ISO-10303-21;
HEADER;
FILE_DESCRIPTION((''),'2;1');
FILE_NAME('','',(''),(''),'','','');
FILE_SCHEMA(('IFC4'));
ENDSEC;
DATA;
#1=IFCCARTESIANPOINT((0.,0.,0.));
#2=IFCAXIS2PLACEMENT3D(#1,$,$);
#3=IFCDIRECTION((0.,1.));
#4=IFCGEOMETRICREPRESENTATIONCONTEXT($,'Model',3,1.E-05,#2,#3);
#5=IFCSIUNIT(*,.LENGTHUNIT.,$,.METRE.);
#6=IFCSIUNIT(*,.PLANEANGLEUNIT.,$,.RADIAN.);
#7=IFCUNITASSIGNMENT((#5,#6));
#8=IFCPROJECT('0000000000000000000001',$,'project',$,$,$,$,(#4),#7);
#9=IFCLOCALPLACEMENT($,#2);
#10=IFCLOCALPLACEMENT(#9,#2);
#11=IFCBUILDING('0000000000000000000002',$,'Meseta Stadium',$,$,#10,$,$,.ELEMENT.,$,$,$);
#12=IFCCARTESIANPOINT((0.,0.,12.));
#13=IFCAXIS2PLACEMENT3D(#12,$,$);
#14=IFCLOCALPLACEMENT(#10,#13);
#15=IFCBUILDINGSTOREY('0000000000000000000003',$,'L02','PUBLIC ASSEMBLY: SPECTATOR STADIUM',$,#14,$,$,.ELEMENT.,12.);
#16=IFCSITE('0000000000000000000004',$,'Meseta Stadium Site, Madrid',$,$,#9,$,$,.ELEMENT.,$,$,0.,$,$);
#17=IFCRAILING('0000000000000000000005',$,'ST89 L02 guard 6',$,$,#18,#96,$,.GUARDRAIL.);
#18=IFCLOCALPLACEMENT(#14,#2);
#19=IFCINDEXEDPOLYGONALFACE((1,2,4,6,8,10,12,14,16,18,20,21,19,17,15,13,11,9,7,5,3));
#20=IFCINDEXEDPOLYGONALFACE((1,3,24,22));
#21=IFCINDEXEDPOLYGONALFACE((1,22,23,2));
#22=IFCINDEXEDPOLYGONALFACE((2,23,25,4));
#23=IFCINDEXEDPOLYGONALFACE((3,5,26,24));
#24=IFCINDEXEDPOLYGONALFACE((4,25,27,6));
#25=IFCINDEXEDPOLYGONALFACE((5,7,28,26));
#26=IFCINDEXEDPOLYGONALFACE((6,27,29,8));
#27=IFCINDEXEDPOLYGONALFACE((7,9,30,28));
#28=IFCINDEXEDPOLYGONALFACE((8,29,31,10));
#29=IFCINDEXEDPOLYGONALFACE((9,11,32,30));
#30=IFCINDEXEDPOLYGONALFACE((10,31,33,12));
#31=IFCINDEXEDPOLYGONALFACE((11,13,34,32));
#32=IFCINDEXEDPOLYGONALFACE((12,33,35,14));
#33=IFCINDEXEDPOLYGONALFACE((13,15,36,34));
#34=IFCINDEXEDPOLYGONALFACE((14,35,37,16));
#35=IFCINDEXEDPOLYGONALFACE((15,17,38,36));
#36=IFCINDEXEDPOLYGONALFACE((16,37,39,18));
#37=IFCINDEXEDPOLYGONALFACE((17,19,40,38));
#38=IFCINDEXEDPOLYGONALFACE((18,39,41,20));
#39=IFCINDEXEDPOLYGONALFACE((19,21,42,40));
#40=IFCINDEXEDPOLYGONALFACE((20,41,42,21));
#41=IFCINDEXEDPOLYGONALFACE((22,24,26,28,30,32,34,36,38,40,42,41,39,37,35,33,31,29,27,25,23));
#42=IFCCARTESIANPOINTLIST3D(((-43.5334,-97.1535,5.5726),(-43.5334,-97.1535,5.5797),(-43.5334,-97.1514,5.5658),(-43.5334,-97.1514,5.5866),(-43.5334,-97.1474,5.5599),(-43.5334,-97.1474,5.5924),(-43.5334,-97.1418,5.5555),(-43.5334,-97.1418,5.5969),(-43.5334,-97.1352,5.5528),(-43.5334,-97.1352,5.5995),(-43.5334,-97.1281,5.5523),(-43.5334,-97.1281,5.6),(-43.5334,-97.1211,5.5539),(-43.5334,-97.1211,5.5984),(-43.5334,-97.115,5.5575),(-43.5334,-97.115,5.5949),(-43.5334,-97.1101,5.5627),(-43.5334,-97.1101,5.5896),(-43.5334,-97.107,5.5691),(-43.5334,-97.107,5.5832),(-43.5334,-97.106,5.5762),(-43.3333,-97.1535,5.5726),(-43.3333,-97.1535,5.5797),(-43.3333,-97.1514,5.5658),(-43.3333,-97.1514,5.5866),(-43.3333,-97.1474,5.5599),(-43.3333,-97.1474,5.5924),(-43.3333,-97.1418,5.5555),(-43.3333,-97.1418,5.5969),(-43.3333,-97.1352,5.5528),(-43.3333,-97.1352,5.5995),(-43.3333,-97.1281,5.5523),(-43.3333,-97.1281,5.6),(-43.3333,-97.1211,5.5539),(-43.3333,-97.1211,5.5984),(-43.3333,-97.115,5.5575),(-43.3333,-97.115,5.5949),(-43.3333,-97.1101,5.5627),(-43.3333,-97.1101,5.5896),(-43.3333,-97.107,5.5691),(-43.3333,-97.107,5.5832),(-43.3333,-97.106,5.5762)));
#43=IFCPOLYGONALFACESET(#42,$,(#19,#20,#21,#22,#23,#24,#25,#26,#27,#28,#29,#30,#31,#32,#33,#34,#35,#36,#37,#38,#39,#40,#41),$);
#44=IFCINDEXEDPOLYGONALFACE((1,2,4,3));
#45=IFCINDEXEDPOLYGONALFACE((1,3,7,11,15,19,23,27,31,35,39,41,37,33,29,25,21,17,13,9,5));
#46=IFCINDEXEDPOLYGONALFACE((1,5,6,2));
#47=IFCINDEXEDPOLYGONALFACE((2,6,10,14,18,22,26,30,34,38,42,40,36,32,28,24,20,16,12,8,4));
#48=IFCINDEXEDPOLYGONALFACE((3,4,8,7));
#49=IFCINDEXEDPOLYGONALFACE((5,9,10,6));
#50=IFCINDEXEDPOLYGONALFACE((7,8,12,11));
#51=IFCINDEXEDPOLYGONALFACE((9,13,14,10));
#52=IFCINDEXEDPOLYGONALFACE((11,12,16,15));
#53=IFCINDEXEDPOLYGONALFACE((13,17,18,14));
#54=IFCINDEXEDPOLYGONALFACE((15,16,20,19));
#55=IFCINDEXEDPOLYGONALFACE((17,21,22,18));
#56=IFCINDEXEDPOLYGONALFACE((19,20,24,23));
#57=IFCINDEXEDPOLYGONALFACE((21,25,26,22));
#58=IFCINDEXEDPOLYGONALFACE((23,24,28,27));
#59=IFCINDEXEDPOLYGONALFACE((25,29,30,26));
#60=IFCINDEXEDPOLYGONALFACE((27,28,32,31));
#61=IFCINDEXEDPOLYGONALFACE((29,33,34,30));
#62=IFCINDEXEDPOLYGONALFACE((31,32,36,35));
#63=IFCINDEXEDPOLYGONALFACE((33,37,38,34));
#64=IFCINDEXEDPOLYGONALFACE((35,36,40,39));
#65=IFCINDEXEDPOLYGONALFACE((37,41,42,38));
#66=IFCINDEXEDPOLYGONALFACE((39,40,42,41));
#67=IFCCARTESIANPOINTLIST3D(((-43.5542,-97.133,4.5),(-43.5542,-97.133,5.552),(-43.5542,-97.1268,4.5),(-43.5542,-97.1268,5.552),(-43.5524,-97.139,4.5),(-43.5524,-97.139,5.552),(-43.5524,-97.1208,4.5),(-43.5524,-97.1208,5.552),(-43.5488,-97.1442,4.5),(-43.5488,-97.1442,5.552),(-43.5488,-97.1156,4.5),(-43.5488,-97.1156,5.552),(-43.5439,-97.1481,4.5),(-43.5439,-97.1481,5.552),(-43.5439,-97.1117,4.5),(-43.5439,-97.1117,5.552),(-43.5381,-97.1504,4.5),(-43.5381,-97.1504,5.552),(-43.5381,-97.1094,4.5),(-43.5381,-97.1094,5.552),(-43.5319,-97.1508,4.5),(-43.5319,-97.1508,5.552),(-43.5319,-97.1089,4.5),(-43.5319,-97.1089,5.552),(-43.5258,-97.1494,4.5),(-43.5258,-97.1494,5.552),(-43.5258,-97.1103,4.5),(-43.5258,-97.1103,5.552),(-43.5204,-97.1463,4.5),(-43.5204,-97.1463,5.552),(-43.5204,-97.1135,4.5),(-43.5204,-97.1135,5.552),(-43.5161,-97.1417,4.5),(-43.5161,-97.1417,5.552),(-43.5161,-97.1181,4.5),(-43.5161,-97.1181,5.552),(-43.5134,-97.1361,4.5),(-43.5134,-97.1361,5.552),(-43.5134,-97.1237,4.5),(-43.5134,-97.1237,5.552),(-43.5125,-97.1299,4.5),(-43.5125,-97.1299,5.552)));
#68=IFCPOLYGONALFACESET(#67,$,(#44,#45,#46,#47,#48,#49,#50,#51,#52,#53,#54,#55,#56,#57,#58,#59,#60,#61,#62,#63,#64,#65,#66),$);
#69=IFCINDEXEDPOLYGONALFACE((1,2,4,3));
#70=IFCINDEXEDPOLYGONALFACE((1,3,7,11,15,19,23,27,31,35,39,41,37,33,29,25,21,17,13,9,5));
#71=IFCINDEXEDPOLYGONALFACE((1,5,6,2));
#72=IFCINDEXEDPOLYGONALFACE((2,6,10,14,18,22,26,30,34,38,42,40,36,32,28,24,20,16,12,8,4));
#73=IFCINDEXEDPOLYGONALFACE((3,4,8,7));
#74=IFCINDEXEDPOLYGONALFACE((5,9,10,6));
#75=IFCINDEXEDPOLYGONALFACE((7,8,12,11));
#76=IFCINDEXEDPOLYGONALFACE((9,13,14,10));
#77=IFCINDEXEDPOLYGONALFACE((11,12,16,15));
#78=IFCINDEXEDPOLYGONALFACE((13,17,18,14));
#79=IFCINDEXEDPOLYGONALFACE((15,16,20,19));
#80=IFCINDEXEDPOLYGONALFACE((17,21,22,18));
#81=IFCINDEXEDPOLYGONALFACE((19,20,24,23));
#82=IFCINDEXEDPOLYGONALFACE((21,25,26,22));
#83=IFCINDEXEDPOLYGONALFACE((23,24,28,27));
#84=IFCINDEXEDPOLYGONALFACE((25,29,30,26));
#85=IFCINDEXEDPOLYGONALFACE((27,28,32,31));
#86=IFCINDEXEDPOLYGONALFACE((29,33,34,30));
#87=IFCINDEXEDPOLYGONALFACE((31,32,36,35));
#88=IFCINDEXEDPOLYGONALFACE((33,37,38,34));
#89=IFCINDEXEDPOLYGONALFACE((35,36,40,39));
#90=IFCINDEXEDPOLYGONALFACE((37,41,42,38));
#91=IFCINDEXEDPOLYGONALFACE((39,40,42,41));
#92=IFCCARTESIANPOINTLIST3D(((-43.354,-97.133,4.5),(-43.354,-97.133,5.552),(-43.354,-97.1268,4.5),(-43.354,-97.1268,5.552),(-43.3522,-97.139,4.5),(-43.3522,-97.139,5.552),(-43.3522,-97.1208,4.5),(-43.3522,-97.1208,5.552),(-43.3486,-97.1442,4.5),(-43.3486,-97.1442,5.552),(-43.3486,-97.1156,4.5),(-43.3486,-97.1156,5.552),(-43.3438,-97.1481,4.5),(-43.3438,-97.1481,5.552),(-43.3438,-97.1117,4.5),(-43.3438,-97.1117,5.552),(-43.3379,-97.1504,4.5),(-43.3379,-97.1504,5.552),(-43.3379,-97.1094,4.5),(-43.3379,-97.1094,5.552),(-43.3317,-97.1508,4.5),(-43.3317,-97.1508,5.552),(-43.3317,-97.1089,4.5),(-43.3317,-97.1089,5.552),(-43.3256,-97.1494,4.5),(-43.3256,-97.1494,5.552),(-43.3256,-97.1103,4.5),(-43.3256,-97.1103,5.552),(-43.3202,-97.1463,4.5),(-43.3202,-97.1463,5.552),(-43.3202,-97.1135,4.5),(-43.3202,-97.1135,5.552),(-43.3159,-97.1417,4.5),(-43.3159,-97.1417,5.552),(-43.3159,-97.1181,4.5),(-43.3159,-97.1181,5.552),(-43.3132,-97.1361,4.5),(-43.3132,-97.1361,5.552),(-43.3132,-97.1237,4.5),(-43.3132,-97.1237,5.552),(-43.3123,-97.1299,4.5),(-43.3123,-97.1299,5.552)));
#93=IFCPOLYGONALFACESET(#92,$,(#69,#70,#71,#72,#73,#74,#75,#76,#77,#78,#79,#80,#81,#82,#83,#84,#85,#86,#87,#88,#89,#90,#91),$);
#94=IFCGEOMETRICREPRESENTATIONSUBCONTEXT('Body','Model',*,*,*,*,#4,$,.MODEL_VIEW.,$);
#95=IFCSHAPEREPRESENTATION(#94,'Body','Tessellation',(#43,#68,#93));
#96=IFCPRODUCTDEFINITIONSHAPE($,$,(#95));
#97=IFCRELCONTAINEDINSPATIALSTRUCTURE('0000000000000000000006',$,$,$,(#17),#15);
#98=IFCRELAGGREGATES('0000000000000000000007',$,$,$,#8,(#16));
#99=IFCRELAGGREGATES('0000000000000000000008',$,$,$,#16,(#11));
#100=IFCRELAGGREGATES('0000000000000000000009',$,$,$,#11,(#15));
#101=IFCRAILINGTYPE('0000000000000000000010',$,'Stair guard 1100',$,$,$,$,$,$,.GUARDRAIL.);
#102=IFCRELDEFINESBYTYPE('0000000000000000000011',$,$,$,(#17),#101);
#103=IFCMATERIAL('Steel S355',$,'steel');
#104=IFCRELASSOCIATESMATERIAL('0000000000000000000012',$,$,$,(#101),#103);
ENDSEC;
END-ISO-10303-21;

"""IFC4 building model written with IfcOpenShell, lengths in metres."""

from ifc_helpers import new_model, si_unit, direction, frame, origin, origin_2d, place, context, subcontext, project, spatial, circle, extrude, material, type_object, element, save


model = new_model("IFC4")

# Units and contexts
model_context = context("Model", 3, precision=1e-05, world=origin(), true_north=direction((0.0, 1.0)))
body_context = subcontext(model_context, "Body", "Model", "MODEL_VIEW")
ifc_project = project(units=[si_unit("LENGTHUNIT", "METRE"), si_unit("PLANEANGLEUNIT", "RADIAN")], contexts=[model_context])

# Site, building, storey
site_placement = place(None, origin())
site = spatial("IfcSite", under=ifc_project, at=site_placement, Name="Meseta Stadium Site, Madrid", CompositionType="ELEMENT", RefElevation=0.0)
building_placement = place(site_placement, origin())
building = spatial("IfcBuilding", under=site, at=building_placement, Name="Meseta Stadium", CompositionType="ELEMENT")
storey_placement = place(building_placement, frame((0.0, 0.0, 12.0)))
storey = spatial("IfcBuildingStorey", under=building, at=storey_placement, Name="L02", Description="PUBLIC ASSEMBLY: SPECTATOR STADIUM", CompositionType="ELEMENT", Elevation=12.0)

# Railing
ifc_material_1 = material(Name="Steel S355", Category="steel")
railing_type_1 = type_object("IfcRailingType", Name="Stair guard 1100", PredefinedType="GUARDRAIL", material=ifc_material_1)
railing_1_placement = place(storey_placement, frame((-43.5334, -97.1299, 4.5)))
element("IfcRailing", 1, at=railing_1_placement, inside=storey, type_object=railing_type_1, Name="ST89 L02 guard 6", PredefinedType="GUARDRAIL", context=body_context, shape_type="SweptSolid", body=[
    extrude(circle(Radius=0.0239, at=origin_2d()), frame((0.0, 0.0, 1.0762), z_axis=(1.0, 0.0, 0.0), x_axis=(0.0, 1.0, 0.0)), (0.0, 0.0, 1.0), 0.2002),
    extrude(circle(Radius=0.021, at=origin_2d()), origin(), (0.0, 0.0, 1.0), 1.052),
    extrude(circle(Radius=0.021, at=origin_2d()), frame((0.2002, 0.0, 0.0)), (0.0, 0.0, 1.0), 1.052),
])

save(model, "model.ifc")
